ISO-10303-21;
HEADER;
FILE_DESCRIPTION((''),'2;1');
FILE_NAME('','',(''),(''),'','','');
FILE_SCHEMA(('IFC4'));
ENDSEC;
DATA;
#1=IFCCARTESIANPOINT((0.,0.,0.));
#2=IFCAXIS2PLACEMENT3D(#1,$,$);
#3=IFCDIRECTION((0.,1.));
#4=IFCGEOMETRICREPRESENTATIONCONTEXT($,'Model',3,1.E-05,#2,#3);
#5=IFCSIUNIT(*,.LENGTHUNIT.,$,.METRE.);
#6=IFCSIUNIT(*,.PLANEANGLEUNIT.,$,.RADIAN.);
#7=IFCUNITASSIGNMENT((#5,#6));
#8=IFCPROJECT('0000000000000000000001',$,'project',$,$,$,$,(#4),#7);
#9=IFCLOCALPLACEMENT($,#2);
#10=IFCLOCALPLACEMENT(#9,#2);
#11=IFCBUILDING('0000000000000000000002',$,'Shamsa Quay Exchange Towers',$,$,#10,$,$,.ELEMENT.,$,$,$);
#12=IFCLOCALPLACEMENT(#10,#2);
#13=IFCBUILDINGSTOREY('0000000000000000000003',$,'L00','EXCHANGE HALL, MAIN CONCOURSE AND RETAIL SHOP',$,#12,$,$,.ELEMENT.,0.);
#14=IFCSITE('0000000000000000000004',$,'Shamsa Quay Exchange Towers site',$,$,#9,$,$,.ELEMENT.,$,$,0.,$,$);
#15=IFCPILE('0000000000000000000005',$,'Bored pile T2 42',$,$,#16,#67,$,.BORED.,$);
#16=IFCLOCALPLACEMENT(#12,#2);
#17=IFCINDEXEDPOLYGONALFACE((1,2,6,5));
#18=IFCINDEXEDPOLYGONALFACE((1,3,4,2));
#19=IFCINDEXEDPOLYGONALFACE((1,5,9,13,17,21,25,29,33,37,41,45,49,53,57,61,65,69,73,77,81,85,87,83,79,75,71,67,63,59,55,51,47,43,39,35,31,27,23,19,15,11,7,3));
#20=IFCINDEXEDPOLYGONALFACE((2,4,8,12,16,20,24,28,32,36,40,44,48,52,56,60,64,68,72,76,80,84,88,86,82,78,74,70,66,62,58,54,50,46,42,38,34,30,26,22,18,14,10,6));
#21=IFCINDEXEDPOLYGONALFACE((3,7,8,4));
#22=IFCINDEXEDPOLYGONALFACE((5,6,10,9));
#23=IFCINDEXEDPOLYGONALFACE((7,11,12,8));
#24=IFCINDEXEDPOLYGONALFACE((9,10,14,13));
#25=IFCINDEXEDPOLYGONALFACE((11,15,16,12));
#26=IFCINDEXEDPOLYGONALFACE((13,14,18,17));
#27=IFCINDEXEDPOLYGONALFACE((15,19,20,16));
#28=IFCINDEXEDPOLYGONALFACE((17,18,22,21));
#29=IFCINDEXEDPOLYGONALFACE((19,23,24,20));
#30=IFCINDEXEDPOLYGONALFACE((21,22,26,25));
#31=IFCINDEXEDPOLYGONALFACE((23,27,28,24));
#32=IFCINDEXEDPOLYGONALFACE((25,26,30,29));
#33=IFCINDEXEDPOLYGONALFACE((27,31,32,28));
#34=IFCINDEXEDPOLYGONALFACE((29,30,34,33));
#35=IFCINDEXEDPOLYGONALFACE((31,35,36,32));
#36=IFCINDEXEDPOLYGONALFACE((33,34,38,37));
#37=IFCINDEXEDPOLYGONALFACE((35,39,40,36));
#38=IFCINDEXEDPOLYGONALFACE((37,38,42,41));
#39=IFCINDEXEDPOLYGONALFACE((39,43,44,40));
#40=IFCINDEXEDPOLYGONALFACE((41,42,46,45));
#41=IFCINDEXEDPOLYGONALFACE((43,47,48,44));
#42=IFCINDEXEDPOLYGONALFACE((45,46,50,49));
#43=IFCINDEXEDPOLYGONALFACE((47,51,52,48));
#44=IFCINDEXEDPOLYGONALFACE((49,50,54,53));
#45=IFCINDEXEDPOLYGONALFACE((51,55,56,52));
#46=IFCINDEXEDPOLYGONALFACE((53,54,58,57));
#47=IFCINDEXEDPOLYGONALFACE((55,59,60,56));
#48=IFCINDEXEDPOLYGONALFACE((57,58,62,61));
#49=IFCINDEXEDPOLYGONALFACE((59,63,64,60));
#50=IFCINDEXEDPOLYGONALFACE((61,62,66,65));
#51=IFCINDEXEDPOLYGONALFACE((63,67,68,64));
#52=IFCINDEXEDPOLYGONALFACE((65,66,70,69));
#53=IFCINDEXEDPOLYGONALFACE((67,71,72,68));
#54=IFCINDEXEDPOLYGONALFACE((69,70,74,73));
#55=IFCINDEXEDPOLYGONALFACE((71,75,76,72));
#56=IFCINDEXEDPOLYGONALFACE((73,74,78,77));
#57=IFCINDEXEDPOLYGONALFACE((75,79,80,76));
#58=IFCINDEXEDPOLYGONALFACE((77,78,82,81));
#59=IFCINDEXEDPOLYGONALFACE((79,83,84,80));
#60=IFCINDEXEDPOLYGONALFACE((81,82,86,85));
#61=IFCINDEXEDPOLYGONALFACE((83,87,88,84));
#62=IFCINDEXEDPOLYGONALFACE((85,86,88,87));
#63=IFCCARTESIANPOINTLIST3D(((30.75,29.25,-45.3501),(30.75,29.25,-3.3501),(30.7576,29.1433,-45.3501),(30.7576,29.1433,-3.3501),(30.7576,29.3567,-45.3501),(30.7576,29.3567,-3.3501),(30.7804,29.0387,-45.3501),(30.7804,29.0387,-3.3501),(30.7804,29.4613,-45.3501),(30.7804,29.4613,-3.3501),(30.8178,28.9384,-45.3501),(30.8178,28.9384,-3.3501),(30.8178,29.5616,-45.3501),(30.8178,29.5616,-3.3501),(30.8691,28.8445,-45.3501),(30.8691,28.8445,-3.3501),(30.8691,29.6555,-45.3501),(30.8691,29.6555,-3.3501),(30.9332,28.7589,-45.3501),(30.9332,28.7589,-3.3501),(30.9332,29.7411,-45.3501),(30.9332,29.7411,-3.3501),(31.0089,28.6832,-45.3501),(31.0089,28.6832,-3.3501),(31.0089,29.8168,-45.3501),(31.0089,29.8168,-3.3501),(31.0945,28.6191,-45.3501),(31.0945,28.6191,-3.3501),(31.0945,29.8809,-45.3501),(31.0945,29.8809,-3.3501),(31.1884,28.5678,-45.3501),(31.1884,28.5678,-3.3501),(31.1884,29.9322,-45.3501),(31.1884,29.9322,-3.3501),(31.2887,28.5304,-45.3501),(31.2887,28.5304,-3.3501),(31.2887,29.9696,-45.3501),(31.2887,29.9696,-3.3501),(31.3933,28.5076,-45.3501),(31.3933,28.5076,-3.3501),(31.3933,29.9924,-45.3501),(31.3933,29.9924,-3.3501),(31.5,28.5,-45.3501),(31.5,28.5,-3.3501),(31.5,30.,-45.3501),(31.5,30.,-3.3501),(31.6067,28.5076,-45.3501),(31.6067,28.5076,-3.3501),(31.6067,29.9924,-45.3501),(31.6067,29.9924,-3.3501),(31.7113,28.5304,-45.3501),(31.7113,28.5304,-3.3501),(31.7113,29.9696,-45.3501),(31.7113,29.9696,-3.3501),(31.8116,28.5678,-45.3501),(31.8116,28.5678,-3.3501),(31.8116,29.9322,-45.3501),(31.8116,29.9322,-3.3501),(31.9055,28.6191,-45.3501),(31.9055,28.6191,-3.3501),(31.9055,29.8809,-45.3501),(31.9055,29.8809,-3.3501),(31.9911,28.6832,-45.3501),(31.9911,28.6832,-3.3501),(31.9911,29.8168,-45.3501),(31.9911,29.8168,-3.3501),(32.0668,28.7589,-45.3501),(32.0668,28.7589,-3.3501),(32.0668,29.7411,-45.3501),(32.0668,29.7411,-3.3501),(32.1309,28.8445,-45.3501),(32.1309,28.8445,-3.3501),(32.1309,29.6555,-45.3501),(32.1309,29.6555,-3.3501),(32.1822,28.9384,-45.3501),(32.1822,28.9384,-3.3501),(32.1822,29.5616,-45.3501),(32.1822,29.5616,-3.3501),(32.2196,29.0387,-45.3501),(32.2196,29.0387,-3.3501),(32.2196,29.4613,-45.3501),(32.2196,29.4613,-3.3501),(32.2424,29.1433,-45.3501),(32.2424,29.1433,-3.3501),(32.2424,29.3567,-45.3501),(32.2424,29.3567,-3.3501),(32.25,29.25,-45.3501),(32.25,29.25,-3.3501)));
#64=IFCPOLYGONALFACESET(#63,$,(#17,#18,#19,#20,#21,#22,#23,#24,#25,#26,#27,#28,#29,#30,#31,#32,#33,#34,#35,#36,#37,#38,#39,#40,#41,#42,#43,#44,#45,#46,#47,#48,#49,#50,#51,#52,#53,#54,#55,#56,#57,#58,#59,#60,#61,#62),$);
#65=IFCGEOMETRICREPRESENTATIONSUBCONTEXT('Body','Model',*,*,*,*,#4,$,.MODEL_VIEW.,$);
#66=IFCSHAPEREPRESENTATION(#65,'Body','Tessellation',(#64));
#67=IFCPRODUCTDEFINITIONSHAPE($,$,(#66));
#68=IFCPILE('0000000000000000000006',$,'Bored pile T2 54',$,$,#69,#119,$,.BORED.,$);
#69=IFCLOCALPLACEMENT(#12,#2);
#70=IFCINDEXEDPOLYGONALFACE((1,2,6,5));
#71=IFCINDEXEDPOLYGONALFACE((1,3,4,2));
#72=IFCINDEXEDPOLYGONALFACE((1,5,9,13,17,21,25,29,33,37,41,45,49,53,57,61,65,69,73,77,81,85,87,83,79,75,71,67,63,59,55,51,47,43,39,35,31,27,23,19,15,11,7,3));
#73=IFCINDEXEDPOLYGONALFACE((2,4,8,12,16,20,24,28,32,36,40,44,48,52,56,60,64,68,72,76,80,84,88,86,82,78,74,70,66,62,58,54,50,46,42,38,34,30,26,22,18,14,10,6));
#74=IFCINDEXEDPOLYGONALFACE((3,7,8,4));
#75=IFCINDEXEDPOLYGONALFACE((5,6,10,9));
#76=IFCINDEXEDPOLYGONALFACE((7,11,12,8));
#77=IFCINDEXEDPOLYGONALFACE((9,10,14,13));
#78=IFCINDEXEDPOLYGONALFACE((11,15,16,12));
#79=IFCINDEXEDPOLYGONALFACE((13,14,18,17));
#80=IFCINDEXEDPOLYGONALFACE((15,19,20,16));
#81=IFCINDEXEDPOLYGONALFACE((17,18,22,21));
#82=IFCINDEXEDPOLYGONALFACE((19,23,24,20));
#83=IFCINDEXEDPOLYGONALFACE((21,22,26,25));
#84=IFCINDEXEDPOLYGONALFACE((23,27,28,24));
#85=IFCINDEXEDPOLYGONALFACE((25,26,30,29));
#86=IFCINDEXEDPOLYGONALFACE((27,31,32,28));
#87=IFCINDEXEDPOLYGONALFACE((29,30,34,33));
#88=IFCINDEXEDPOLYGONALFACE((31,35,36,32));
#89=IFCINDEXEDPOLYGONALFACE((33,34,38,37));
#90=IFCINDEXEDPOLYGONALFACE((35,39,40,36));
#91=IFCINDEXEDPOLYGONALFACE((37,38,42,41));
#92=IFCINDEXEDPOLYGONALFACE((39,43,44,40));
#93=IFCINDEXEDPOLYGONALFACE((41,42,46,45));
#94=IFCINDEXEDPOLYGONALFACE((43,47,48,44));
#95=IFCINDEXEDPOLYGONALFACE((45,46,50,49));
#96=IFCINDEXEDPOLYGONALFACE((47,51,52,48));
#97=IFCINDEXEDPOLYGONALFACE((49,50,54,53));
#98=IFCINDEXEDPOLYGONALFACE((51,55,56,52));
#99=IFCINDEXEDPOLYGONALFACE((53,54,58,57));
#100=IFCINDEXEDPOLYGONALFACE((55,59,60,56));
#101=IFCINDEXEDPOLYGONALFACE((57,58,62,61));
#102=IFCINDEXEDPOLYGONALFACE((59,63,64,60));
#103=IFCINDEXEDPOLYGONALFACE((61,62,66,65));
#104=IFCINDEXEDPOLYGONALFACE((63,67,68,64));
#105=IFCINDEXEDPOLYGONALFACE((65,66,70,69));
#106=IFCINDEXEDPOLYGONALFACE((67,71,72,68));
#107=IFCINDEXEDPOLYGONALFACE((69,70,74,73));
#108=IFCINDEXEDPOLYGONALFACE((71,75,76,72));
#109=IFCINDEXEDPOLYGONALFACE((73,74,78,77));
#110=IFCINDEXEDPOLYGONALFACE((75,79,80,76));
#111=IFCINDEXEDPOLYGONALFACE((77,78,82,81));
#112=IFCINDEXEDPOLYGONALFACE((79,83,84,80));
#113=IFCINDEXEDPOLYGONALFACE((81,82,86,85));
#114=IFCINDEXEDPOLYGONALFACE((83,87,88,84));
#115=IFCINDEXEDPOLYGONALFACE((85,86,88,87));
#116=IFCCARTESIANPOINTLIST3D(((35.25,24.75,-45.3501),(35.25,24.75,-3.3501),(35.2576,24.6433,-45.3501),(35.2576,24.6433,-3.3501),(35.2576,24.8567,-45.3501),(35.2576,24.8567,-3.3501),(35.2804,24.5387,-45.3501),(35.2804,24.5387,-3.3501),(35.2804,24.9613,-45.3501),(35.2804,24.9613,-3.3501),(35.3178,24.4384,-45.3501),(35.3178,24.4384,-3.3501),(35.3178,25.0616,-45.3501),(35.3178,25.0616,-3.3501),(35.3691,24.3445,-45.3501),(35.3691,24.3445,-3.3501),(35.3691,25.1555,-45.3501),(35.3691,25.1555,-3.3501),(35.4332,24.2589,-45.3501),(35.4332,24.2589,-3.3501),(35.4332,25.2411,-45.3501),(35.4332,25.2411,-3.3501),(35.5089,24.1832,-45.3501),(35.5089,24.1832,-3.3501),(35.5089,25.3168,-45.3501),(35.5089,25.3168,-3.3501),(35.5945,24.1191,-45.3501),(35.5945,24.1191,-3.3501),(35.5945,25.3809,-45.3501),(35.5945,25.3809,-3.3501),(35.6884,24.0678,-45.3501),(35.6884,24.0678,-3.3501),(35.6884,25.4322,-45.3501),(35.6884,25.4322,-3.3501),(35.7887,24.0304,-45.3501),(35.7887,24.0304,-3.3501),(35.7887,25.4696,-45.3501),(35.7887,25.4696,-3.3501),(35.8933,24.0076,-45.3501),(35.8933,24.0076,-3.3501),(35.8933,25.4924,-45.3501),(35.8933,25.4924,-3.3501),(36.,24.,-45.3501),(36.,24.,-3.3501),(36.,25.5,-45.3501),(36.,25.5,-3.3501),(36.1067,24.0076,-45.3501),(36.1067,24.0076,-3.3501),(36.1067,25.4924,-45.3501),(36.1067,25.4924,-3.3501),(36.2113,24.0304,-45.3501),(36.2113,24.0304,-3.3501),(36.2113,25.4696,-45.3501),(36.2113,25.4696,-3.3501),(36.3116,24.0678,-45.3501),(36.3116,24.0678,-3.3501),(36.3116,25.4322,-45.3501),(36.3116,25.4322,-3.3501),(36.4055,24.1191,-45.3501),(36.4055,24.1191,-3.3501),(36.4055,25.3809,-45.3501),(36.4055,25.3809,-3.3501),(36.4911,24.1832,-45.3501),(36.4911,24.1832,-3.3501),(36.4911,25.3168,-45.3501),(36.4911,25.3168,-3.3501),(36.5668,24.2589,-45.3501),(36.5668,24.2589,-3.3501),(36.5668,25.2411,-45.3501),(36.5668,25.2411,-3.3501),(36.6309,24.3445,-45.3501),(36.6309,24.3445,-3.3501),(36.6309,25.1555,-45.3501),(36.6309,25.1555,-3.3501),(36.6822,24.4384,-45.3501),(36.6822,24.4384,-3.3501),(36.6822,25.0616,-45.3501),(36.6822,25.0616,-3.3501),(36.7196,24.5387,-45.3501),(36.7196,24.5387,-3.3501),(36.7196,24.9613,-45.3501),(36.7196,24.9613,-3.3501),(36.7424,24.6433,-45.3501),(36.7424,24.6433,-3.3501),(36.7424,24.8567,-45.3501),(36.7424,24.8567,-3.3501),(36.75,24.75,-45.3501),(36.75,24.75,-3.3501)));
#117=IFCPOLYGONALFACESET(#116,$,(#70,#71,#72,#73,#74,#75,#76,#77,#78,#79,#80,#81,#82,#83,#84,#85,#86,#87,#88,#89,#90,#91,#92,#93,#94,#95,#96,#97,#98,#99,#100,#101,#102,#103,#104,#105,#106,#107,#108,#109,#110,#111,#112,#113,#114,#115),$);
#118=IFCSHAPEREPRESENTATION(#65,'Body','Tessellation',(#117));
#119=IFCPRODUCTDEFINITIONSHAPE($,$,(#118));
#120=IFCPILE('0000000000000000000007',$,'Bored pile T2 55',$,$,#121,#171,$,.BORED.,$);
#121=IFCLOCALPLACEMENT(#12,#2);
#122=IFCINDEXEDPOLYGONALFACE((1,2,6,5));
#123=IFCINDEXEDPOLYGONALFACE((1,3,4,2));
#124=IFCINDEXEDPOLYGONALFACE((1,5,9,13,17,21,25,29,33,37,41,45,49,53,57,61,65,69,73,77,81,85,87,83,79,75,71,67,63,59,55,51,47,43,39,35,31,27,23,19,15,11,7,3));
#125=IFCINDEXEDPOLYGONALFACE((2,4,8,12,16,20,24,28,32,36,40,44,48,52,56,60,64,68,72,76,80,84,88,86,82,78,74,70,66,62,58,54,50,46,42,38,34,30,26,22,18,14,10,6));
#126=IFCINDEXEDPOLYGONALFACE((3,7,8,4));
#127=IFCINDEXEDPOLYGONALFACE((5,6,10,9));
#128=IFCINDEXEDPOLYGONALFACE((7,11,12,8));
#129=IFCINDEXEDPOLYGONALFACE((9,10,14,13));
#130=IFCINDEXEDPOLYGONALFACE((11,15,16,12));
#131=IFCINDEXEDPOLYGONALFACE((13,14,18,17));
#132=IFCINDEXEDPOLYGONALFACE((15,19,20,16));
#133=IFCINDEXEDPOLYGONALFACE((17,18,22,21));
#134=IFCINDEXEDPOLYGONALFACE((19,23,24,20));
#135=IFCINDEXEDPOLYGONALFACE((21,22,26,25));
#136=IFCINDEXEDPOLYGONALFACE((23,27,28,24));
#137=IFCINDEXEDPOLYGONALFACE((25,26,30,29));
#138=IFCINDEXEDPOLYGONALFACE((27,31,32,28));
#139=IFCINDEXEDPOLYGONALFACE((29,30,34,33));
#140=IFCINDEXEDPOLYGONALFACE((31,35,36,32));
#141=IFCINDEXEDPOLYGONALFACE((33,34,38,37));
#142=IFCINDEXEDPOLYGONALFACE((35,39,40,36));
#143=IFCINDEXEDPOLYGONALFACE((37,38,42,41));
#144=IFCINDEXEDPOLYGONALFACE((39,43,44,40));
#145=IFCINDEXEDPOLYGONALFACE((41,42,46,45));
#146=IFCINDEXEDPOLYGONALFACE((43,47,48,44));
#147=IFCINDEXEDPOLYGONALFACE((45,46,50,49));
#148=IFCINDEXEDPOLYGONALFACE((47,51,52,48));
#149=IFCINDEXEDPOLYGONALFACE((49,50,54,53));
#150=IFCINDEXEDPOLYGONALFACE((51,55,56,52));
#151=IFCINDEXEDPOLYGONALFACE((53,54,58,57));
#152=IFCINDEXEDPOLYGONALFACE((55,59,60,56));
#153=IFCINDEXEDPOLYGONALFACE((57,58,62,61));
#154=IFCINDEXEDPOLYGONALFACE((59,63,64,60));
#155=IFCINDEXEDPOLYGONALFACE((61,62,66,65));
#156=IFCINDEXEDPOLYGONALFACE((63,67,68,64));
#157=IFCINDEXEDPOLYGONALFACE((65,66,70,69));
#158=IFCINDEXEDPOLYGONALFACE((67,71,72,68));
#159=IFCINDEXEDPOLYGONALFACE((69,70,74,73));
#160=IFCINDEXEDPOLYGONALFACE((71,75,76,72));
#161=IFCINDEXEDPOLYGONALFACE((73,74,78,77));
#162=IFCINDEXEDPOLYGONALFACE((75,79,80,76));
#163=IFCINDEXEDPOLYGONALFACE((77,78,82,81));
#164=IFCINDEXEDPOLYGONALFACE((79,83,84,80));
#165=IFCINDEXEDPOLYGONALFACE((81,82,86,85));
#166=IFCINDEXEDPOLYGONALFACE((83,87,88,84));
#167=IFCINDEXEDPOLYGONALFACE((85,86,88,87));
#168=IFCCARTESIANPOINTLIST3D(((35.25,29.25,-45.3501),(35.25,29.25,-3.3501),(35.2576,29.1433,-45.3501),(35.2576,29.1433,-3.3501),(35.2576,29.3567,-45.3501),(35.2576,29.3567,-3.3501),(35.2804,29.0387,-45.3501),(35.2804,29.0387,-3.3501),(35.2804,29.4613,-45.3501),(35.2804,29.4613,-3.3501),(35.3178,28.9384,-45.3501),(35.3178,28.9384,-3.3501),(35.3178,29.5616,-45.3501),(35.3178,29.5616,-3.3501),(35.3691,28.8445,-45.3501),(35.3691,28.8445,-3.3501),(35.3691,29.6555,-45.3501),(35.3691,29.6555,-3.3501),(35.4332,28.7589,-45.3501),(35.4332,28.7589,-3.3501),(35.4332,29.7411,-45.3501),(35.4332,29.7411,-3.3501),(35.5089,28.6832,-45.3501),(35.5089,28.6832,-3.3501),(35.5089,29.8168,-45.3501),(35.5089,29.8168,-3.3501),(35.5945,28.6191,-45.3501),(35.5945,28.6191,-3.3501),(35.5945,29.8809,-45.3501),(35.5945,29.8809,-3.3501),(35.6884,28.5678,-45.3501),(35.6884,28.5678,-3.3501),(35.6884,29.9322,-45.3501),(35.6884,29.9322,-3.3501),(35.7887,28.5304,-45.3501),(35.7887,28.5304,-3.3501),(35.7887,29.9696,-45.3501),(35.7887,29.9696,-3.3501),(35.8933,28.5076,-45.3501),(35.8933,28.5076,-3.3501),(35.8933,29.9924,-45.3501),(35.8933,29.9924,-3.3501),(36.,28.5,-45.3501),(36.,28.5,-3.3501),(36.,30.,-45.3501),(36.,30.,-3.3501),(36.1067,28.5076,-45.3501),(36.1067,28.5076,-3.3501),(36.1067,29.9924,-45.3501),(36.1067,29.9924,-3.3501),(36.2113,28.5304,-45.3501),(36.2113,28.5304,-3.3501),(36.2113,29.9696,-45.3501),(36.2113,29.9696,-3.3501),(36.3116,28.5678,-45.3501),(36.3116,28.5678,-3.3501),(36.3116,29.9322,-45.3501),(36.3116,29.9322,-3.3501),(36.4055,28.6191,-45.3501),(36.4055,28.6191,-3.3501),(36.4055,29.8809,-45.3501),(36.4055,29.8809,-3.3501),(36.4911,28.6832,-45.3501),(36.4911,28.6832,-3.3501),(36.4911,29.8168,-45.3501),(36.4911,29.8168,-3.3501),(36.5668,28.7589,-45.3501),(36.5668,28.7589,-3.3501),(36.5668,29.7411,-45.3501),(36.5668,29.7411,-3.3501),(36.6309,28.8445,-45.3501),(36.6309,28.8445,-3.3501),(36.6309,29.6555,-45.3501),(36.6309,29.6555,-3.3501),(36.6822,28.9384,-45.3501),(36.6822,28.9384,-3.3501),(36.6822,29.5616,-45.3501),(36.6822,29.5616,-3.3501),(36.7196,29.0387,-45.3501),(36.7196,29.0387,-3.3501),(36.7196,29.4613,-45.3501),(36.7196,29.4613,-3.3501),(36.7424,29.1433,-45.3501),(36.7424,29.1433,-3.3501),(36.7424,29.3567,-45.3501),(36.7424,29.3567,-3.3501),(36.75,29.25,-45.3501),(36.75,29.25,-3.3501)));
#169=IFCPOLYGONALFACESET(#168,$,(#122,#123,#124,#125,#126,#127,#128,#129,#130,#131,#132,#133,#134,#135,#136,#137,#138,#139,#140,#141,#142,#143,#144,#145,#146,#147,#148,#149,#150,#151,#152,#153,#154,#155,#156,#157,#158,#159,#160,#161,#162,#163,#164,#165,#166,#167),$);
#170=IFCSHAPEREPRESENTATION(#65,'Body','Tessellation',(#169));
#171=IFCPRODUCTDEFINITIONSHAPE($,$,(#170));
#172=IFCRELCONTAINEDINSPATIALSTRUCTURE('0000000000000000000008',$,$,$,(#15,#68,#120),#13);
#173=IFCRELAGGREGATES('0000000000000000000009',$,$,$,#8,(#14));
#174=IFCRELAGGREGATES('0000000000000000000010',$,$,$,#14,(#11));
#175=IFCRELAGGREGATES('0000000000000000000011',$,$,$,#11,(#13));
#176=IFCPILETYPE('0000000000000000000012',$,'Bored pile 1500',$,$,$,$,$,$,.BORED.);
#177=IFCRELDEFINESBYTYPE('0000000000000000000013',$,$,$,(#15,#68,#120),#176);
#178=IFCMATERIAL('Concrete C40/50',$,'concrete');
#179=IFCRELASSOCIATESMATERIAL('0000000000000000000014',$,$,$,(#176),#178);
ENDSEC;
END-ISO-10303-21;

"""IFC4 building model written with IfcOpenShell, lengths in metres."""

from ifc_helpers import new_model, si_unit, direction, frame, origin, origin_2d, place, context, subcontext, project, spatial, circle, extrude, material, material_profile, profile_set, type_object, element, save


model = new_model("IFC4")

# Units and contexts
model_context = context("Model", 3, precision=1e-05, world=origin(), true_north=direction((0.0, 1.0)))
body_context = subcontext(model_context, "Body", "Model", "MODEL_VIEW")
ifc_project = project(units=[si_unit("LENGTHUNIT", "METRE"), si_unit("PLANEANGLEUNIT", "RADIAN")], contexts=[model_context])

# Site, building, storey
site_placement = place(None, origin())
site = spatial("IfcSite", under=ifc_project, at=site_placement, Name="Shamsa Quay Exchange Towers site", CompositionType="ELEMENT", RefElevation=0.0)
building_placement = place(site_placement, origin())
building = spatial("IfcBuilding", under=site, at=building_placement, Name="Shamsa Quay Exchange Towers", CompositionType="ELEMENT")
storey_placement = place(building_placement, origin())
storey = spatial("IfcBuildingStorey", under=building, at=storey_placement, Name="L00", Description="EXCHANGE HALL, MAIN CONCOURSE AND RETAIL SHOP", CompositionType="ELEMENT", Elevation=0.0)

# Piles
ifc_material_1 = material(Name="Concrete C40/50", Category="concrete")
ifc_material_profile_1 = material_profile(ifc_material_1, circle(Radius=0.75, at=origin_2d()), Name="BP1500")
ifc_profile_set_1 = profile_set([ifc_material_profile_1], Name="Concrete C40/50")
pile_type_1 = type_object("IfcPileType", Name="Bored pile 1500", PredefinedType="BORED", material=ifc_profile_set_1)
for number, where, z_axis, x_axis, name in (
    (1, (31.5, 29.25, -3.3501), (0.0, 0.0, -1.0), (1.0, 0.0, 0.0), "Bored pile T2 42"),
    (2, (36.0, 24.75, -3.3501), (0.0, 0.0, -1.0), (1.0, 0.0, 0.0), "Bored pile T2 54"),
    (3, (36.0, 29.25, -3.3501), (0.0, 0.0, -1.0), (1.0, 0.0, 0.0), "Bored pile T2 55"),
):
    element("IfcPile", number, at=place(storey_placement, frame(where, z_axis=z_axis, x_axis=x_axis)), inside=storey, type_object=pile_type_1, Name=name, PredefinedType="BORED", context=body_context, shape_type="SweptSolid", body=[
        extrude(circle(Radius=0.75, at=origin_2d()), origin(), (0.0, 0.0, 1.0), 42.0),
    ])

save(model, "model.ifc")
